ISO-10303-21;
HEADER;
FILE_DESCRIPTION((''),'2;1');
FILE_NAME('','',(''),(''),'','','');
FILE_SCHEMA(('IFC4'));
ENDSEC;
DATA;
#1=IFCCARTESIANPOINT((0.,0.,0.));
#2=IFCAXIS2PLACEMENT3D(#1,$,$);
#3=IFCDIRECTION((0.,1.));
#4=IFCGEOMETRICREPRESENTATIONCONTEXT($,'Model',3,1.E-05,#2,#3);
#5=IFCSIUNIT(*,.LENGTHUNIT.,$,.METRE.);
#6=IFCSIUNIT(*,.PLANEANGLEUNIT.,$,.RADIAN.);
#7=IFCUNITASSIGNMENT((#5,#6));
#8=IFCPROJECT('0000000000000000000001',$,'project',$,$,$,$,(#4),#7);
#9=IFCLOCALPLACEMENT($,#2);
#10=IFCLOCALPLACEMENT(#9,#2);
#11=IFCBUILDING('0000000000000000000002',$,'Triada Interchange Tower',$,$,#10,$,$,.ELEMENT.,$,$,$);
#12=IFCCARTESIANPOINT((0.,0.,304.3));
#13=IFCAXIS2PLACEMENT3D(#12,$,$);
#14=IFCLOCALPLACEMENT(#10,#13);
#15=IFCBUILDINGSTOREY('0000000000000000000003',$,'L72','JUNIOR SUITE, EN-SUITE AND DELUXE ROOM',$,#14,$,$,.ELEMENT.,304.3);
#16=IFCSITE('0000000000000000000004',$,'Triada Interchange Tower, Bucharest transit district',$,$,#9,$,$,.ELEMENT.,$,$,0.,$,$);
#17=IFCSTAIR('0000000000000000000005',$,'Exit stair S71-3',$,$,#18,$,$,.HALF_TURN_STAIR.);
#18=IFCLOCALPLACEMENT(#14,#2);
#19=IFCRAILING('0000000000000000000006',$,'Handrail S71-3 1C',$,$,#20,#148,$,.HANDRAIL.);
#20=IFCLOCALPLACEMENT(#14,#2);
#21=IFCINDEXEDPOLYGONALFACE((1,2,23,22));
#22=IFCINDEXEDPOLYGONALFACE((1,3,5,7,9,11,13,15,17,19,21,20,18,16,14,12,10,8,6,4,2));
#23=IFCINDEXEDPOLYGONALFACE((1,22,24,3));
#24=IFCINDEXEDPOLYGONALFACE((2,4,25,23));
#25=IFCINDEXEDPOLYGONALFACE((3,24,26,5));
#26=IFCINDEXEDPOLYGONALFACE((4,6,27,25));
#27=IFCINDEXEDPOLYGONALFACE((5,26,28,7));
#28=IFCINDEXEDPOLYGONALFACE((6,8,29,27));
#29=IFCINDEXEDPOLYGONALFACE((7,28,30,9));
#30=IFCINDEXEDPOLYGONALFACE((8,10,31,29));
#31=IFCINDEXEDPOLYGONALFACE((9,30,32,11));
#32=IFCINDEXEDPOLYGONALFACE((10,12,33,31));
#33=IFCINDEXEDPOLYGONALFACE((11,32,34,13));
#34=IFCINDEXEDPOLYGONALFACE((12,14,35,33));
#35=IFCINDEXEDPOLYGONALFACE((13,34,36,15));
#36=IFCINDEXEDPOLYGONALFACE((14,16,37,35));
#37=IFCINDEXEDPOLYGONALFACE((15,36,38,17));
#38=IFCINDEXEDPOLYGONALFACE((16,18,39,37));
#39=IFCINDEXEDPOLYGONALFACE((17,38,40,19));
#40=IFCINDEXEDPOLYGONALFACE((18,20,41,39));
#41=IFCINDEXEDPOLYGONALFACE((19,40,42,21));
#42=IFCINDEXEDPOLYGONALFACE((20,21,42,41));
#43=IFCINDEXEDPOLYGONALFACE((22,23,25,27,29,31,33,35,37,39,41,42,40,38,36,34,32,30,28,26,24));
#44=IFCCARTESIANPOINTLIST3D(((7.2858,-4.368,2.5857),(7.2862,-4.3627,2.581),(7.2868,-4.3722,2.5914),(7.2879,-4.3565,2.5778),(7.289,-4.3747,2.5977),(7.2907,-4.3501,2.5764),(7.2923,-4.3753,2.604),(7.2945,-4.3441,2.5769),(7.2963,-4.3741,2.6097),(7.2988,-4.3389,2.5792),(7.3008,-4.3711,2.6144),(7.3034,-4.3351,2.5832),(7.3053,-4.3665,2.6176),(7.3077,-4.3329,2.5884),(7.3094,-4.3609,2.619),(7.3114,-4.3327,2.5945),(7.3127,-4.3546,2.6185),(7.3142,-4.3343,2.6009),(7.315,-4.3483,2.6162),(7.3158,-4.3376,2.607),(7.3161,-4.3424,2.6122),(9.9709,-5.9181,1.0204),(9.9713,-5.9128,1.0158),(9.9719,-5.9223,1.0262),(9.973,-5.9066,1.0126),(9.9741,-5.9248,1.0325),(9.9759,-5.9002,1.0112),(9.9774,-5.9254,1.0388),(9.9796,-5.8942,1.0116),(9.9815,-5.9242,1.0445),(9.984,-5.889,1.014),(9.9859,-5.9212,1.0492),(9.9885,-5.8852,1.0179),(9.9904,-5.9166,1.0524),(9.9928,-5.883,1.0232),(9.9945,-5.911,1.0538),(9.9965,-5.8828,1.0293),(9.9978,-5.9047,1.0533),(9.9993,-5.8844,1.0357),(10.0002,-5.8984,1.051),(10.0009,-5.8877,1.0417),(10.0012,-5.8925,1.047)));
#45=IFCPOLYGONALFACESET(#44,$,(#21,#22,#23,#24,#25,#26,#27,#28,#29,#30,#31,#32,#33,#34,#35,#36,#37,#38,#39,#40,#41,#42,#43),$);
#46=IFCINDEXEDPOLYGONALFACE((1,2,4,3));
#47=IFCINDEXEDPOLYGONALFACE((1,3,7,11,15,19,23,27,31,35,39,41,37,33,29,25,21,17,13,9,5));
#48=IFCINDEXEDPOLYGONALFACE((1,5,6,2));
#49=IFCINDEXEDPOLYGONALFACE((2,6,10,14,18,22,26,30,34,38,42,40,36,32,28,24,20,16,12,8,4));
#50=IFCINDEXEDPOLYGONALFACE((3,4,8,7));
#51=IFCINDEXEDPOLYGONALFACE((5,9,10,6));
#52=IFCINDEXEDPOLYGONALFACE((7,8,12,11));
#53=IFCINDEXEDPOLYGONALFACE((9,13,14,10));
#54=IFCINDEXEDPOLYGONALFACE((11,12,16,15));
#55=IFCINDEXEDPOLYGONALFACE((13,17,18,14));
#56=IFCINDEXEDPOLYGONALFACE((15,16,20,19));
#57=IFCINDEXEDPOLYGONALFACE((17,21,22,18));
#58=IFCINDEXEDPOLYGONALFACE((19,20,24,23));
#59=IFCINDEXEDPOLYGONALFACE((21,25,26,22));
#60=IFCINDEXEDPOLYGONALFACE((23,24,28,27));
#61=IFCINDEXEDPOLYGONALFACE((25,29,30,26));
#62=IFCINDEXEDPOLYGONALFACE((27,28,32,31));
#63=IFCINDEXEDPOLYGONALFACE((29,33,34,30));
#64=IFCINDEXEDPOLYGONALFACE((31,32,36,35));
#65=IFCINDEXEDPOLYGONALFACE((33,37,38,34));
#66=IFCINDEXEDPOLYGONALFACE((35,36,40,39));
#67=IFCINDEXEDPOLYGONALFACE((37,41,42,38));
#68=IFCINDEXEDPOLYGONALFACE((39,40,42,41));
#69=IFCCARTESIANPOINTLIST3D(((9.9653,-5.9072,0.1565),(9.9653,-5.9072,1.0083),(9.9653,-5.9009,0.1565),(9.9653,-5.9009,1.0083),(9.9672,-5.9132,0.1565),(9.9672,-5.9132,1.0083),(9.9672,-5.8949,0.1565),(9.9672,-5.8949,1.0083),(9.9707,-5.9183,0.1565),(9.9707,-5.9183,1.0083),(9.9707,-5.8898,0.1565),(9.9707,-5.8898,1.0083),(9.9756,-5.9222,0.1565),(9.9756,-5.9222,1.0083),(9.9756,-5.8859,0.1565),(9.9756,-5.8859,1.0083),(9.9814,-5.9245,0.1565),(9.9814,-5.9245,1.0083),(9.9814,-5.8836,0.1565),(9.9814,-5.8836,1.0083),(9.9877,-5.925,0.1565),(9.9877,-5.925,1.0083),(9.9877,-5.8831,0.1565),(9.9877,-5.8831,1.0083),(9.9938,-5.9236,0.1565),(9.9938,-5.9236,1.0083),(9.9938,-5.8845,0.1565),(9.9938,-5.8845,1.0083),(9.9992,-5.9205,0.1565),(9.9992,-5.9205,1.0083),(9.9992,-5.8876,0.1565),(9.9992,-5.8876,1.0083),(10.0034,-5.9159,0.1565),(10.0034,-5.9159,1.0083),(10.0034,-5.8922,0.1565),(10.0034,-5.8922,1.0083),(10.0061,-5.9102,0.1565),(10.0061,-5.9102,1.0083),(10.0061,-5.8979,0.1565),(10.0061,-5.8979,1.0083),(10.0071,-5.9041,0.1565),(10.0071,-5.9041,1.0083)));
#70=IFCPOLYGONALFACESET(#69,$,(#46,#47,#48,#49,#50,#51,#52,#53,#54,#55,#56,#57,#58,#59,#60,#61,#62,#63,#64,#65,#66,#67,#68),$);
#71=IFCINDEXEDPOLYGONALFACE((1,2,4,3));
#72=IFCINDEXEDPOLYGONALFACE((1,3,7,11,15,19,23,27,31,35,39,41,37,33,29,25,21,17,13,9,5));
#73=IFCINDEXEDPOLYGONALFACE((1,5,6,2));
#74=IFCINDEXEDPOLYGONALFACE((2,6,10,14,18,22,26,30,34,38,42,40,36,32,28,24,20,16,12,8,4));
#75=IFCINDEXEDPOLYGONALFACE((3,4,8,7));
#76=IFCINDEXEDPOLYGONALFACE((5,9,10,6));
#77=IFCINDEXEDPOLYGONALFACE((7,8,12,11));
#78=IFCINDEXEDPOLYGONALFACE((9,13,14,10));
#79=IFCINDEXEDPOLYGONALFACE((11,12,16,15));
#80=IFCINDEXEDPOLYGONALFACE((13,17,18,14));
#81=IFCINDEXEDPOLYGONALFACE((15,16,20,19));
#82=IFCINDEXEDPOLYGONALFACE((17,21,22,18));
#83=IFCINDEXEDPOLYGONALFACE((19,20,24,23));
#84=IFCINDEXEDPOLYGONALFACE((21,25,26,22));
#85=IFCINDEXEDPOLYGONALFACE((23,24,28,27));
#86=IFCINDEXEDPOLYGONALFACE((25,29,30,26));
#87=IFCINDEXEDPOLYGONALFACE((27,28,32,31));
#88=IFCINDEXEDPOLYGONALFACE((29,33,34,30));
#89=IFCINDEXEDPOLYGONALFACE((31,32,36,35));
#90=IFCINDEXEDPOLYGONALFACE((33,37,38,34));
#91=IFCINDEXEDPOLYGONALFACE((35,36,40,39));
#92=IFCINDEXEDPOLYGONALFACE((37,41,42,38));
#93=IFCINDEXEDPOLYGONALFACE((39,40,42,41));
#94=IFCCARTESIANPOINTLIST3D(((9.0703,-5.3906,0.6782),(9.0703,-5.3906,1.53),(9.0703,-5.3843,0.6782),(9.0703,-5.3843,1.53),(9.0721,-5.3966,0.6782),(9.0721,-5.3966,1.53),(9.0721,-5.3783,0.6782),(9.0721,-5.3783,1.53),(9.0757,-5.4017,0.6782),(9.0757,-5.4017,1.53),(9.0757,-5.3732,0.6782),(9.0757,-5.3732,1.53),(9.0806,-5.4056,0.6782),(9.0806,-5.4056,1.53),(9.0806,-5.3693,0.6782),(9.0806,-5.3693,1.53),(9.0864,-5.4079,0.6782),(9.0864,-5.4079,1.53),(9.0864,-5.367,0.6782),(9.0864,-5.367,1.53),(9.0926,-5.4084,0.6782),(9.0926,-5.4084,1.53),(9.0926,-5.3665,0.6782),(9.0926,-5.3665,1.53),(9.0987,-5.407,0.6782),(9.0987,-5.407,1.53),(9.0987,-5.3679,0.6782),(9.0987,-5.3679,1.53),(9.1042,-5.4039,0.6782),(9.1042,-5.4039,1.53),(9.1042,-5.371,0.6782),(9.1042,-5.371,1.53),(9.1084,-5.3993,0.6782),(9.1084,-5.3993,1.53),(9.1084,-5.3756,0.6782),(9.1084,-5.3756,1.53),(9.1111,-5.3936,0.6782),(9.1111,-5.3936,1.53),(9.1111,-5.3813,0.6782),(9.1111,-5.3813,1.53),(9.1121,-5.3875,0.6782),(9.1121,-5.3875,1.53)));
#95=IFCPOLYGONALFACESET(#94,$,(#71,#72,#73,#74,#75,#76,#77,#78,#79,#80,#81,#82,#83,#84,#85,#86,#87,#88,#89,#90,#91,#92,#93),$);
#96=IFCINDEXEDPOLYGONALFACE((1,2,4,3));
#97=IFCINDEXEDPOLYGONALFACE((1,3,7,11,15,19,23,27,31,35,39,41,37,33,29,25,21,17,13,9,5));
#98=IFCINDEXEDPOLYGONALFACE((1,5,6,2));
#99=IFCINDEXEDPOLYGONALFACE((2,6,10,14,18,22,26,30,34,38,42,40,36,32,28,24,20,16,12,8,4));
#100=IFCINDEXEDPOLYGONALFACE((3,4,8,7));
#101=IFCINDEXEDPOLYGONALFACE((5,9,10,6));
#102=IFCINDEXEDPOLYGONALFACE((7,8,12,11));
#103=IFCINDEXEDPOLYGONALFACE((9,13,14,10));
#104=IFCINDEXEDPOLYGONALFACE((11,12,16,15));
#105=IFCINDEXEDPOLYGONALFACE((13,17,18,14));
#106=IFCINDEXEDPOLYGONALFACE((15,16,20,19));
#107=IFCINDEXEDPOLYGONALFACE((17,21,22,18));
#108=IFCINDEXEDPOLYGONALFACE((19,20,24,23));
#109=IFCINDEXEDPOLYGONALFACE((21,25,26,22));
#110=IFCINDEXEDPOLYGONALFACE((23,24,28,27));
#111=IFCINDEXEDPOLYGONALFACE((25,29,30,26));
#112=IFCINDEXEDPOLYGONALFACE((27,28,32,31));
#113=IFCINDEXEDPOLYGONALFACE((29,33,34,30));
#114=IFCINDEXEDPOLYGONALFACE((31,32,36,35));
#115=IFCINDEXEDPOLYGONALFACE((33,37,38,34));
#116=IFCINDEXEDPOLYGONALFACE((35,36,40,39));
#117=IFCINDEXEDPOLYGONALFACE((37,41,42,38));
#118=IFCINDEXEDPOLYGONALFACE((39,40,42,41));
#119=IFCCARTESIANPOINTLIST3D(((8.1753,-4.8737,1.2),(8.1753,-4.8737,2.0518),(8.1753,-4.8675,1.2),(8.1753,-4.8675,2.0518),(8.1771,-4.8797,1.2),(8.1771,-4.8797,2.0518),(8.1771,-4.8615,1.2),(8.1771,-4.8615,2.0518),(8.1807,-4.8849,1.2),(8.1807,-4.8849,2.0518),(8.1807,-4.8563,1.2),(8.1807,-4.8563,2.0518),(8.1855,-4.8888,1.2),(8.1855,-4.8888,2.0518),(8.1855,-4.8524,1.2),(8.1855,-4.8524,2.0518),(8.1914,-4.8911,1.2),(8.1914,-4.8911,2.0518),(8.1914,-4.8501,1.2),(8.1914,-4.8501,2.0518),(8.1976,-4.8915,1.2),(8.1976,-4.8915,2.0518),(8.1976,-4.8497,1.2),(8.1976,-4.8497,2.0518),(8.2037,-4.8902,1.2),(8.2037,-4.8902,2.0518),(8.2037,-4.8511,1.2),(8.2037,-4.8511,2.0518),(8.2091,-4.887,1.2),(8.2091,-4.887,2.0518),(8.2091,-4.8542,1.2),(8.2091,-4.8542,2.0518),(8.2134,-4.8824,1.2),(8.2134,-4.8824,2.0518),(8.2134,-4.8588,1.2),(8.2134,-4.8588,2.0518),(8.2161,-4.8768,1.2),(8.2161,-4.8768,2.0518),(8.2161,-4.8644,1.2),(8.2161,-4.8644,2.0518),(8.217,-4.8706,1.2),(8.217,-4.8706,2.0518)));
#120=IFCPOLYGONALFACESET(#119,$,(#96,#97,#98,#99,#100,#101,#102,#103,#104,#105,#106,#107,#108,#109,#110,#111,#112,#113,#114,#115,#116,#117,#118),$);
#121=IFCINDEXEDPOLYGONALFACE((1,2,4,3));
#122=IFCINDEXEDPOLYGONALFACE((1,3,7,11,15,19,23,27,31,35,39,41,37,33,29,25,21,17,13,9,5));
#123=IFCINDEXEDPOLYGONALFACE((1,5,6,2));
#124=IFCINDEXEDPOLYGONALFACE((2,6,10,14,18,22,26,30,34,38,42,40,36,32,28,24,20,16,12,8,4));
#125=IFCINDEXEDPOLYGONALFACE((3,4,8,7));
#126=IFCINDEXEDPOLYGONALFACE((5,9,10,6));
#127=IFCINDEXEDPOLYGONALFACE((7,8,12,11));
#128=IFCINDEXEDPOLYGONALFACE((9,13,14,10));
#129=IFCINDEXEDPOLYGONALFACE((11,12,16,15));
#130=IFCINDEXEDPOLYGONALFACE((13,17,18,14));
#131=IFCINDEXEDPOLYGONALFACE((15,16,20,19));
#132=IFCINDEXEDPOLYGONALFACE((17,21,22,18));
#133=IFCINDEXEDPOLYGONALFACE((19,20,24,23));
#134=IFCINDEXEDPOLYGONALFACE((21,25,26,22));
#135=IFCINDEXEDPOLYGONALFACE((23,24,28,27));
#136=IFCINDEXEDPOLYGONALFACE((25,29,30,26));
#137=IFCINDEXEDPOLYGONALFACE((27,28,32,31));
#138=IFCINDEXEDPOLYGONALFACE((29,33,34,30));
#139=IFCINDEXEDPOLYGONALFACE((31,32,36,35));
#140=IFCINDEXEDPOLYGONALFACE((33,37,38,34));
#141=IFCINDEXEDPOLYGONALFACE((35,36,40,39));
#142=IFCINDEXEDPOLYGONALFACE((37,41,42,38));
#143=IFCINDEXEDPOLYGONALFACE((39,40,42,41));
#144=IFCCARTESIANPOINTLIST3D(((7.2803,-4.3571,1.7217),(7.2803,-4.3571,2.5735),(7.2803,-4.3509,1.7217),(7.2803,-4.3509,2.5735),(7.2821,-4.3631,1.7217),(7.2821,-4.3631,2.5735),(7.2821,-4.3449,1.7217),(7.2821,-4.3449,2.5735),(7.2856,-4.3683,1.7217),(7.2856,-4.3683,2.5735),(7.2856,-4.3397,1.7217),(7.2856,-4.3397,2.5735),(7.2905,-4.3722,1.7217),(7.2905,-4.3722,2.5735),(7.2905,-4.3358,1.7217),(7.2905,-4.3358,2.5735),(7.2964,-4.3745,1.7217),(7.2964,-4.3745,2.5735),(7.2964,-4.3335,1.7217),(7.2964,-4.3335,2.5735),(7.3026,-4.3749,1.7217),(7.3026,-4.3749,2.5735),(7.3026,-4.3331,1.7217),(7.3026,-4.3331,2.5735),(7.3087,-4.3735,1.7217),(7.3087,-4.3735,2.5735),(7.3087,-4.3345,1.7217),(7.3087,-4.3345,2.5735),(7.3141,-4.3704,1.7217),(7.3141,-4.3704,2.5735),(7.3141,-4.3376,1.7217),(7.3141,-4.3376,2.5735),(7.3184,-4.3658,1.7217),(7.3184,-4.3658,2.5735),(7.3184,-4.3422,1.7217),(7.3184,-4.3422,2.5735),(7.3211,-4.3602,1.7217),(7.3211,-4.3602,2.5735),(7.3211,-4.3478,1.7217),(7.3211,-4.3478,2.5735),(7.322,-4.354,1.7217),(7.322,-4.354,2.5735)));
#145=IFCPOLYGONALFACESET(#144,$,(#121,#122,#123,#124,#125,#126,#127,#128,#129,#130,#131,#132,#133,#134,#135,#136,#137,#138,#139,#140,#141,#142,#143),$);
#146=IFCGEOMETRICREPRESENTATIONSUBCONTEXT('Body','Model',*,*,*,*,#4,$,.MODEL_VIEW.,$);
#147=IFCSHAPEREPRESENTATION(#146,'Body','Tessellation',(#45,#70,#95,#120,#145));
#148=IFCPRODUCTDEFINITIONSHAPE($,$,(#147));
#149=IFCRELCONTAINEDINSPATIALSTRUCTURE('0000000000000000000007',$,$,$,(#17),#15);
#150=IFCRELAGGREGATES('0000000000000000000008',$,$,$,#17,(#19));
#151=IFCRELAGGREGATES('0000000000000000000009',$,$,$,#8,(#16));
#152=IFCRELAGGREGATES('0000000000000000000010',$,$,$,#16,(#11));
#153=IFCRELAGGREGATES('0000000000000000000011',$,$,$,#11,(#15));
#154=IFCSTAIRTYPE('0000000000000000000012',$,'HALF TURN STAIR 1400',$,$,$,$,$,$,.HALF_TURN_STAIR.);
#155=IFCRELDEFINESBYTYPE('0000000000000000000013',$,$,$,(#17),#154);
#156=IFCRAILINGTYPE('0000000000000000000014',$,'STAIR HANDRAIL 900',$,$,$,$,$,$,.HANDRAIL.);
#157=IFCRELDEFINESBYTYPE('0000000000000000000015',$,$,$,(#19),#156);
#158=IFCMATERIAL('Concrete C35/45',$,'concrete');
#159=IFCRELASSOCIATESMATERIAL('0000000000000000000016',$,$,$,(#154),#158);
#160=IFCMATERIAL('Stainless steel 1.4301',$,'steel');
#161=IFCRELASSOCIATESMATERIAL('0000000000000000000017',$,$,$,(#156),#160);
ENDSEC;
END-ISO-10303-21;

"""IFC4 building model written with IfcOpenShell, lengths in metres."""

from ifc_helpers import new_model, si_unit, direction, frame, origin, origin_2d, place, context, subcontext, project, spatial, circle, extrude, material, type_object, element, aggregate, save


model = new_model("IFC4")

# Units and contexts
model_context = context("Model", 3, precision=1e-05, world=origin(), true_north=direction((0.0, 1.0)))
body_context = subcontext(model_context, "Body", "Model", "MODEL_VIEW")
ifc_project = project(units=[si_unit("LENGTHUNIT", "METRE"), si_unit("PLANEANGLEUNIT", "RADIAN")], contexts=[model_context])

# Site, building, storey
site_placement = place(None, origin())
site = spatial("IfcSite", under=ifc_project, at=site_placement, Name="Triada Interchange Tower, Bucharest transit district", CompositionType="ELEMENT", RefElevation=0.0)
building_placement = place(site_placement, origin())
building = spatial("IfcBuilding", under=site, at=building_placement, Name="Triada Interchange Tower", CompositionType="ELEMENT")
storey_placement = place(building_placement, frame((0.0, 0.0, 304.3)))
storey = spatial("IfcBuildingStorey", under=building, at=storey_placement, Name="L72", Description="JUNIOR SUITE, EN-SUITE AND DELUXE ROOM", CompositionType="ELEMENT", Elevation=304.3)

# Stair, railing
ifc_material_1 = material(Name="Concrete C35/45", Category="concrete")
stair_type = type_object("IfcStairType", Name="HALF TURN STAIR 1400", PredefinedType="HALF_TURN_STAIR", material=ifc_material_1)
stair_placement = place(storey_placement, origin())
stair = element("IfcStair", 1, at=stair_placement, inside=storey, type_object=stair_type, Name="Exit stair S71-3", PredefinedType="HALF_TURN_STAIR")
ifc_material_2 = material(Name="Stainless steel 1.4301", Category="steel")
railing_type = type_object("IfcRailingType", Name="STAIR HANDRAIL 900", PredefinedType="HANDRAIL", material=ifc_material_2)
railing_1_placement = place(storey_placement, frame((9.9861, -5.9041, 0.1565)))
railing_1 = element("IfcRailing", 2, at=railing_1_placement, type_object=railing_type, Name="Handrail S71-3 1C", PredefinedType="HANDRAIL", context=body_context, shape_type="SweptSolid", body=[
    extrude(circle(Radius=0.0239, at=origin_2d()), frame((0.0, 0.0, 0.876), z_axis=(-0.773115, 0.446309, 0.450667), x_axis=(-0.499959, -0.866049, 0.0)), (0.0, 0.0, 1.0), 3.4731),
    extrude(circle(Radius=0.021, at=origin_2d()), origin(), (0.0, 0.0, 1.0), 0.8518),
    extrude(circle(Radius=0.021, at=origin_2d()), frame((-0.895, 0.5166, 0.5217)), (0.0, 0.0, 1.0), 0.8518),
    extrude(circle(Radius=0.021, at=origin_2d()), frame((-1.79, 1.0334, 1.0435)), (0.0, 0.0, 1.0), 0.8518),
    extrude(circle(Radius=0.021, at=origin_2d()), frame((-2.6851, 1.55, 1.5652)), (0.0, 0.0, 1.0), 0.8518),
])
aggregate(stair, [railing_1])

save(model, "model.ifc")
